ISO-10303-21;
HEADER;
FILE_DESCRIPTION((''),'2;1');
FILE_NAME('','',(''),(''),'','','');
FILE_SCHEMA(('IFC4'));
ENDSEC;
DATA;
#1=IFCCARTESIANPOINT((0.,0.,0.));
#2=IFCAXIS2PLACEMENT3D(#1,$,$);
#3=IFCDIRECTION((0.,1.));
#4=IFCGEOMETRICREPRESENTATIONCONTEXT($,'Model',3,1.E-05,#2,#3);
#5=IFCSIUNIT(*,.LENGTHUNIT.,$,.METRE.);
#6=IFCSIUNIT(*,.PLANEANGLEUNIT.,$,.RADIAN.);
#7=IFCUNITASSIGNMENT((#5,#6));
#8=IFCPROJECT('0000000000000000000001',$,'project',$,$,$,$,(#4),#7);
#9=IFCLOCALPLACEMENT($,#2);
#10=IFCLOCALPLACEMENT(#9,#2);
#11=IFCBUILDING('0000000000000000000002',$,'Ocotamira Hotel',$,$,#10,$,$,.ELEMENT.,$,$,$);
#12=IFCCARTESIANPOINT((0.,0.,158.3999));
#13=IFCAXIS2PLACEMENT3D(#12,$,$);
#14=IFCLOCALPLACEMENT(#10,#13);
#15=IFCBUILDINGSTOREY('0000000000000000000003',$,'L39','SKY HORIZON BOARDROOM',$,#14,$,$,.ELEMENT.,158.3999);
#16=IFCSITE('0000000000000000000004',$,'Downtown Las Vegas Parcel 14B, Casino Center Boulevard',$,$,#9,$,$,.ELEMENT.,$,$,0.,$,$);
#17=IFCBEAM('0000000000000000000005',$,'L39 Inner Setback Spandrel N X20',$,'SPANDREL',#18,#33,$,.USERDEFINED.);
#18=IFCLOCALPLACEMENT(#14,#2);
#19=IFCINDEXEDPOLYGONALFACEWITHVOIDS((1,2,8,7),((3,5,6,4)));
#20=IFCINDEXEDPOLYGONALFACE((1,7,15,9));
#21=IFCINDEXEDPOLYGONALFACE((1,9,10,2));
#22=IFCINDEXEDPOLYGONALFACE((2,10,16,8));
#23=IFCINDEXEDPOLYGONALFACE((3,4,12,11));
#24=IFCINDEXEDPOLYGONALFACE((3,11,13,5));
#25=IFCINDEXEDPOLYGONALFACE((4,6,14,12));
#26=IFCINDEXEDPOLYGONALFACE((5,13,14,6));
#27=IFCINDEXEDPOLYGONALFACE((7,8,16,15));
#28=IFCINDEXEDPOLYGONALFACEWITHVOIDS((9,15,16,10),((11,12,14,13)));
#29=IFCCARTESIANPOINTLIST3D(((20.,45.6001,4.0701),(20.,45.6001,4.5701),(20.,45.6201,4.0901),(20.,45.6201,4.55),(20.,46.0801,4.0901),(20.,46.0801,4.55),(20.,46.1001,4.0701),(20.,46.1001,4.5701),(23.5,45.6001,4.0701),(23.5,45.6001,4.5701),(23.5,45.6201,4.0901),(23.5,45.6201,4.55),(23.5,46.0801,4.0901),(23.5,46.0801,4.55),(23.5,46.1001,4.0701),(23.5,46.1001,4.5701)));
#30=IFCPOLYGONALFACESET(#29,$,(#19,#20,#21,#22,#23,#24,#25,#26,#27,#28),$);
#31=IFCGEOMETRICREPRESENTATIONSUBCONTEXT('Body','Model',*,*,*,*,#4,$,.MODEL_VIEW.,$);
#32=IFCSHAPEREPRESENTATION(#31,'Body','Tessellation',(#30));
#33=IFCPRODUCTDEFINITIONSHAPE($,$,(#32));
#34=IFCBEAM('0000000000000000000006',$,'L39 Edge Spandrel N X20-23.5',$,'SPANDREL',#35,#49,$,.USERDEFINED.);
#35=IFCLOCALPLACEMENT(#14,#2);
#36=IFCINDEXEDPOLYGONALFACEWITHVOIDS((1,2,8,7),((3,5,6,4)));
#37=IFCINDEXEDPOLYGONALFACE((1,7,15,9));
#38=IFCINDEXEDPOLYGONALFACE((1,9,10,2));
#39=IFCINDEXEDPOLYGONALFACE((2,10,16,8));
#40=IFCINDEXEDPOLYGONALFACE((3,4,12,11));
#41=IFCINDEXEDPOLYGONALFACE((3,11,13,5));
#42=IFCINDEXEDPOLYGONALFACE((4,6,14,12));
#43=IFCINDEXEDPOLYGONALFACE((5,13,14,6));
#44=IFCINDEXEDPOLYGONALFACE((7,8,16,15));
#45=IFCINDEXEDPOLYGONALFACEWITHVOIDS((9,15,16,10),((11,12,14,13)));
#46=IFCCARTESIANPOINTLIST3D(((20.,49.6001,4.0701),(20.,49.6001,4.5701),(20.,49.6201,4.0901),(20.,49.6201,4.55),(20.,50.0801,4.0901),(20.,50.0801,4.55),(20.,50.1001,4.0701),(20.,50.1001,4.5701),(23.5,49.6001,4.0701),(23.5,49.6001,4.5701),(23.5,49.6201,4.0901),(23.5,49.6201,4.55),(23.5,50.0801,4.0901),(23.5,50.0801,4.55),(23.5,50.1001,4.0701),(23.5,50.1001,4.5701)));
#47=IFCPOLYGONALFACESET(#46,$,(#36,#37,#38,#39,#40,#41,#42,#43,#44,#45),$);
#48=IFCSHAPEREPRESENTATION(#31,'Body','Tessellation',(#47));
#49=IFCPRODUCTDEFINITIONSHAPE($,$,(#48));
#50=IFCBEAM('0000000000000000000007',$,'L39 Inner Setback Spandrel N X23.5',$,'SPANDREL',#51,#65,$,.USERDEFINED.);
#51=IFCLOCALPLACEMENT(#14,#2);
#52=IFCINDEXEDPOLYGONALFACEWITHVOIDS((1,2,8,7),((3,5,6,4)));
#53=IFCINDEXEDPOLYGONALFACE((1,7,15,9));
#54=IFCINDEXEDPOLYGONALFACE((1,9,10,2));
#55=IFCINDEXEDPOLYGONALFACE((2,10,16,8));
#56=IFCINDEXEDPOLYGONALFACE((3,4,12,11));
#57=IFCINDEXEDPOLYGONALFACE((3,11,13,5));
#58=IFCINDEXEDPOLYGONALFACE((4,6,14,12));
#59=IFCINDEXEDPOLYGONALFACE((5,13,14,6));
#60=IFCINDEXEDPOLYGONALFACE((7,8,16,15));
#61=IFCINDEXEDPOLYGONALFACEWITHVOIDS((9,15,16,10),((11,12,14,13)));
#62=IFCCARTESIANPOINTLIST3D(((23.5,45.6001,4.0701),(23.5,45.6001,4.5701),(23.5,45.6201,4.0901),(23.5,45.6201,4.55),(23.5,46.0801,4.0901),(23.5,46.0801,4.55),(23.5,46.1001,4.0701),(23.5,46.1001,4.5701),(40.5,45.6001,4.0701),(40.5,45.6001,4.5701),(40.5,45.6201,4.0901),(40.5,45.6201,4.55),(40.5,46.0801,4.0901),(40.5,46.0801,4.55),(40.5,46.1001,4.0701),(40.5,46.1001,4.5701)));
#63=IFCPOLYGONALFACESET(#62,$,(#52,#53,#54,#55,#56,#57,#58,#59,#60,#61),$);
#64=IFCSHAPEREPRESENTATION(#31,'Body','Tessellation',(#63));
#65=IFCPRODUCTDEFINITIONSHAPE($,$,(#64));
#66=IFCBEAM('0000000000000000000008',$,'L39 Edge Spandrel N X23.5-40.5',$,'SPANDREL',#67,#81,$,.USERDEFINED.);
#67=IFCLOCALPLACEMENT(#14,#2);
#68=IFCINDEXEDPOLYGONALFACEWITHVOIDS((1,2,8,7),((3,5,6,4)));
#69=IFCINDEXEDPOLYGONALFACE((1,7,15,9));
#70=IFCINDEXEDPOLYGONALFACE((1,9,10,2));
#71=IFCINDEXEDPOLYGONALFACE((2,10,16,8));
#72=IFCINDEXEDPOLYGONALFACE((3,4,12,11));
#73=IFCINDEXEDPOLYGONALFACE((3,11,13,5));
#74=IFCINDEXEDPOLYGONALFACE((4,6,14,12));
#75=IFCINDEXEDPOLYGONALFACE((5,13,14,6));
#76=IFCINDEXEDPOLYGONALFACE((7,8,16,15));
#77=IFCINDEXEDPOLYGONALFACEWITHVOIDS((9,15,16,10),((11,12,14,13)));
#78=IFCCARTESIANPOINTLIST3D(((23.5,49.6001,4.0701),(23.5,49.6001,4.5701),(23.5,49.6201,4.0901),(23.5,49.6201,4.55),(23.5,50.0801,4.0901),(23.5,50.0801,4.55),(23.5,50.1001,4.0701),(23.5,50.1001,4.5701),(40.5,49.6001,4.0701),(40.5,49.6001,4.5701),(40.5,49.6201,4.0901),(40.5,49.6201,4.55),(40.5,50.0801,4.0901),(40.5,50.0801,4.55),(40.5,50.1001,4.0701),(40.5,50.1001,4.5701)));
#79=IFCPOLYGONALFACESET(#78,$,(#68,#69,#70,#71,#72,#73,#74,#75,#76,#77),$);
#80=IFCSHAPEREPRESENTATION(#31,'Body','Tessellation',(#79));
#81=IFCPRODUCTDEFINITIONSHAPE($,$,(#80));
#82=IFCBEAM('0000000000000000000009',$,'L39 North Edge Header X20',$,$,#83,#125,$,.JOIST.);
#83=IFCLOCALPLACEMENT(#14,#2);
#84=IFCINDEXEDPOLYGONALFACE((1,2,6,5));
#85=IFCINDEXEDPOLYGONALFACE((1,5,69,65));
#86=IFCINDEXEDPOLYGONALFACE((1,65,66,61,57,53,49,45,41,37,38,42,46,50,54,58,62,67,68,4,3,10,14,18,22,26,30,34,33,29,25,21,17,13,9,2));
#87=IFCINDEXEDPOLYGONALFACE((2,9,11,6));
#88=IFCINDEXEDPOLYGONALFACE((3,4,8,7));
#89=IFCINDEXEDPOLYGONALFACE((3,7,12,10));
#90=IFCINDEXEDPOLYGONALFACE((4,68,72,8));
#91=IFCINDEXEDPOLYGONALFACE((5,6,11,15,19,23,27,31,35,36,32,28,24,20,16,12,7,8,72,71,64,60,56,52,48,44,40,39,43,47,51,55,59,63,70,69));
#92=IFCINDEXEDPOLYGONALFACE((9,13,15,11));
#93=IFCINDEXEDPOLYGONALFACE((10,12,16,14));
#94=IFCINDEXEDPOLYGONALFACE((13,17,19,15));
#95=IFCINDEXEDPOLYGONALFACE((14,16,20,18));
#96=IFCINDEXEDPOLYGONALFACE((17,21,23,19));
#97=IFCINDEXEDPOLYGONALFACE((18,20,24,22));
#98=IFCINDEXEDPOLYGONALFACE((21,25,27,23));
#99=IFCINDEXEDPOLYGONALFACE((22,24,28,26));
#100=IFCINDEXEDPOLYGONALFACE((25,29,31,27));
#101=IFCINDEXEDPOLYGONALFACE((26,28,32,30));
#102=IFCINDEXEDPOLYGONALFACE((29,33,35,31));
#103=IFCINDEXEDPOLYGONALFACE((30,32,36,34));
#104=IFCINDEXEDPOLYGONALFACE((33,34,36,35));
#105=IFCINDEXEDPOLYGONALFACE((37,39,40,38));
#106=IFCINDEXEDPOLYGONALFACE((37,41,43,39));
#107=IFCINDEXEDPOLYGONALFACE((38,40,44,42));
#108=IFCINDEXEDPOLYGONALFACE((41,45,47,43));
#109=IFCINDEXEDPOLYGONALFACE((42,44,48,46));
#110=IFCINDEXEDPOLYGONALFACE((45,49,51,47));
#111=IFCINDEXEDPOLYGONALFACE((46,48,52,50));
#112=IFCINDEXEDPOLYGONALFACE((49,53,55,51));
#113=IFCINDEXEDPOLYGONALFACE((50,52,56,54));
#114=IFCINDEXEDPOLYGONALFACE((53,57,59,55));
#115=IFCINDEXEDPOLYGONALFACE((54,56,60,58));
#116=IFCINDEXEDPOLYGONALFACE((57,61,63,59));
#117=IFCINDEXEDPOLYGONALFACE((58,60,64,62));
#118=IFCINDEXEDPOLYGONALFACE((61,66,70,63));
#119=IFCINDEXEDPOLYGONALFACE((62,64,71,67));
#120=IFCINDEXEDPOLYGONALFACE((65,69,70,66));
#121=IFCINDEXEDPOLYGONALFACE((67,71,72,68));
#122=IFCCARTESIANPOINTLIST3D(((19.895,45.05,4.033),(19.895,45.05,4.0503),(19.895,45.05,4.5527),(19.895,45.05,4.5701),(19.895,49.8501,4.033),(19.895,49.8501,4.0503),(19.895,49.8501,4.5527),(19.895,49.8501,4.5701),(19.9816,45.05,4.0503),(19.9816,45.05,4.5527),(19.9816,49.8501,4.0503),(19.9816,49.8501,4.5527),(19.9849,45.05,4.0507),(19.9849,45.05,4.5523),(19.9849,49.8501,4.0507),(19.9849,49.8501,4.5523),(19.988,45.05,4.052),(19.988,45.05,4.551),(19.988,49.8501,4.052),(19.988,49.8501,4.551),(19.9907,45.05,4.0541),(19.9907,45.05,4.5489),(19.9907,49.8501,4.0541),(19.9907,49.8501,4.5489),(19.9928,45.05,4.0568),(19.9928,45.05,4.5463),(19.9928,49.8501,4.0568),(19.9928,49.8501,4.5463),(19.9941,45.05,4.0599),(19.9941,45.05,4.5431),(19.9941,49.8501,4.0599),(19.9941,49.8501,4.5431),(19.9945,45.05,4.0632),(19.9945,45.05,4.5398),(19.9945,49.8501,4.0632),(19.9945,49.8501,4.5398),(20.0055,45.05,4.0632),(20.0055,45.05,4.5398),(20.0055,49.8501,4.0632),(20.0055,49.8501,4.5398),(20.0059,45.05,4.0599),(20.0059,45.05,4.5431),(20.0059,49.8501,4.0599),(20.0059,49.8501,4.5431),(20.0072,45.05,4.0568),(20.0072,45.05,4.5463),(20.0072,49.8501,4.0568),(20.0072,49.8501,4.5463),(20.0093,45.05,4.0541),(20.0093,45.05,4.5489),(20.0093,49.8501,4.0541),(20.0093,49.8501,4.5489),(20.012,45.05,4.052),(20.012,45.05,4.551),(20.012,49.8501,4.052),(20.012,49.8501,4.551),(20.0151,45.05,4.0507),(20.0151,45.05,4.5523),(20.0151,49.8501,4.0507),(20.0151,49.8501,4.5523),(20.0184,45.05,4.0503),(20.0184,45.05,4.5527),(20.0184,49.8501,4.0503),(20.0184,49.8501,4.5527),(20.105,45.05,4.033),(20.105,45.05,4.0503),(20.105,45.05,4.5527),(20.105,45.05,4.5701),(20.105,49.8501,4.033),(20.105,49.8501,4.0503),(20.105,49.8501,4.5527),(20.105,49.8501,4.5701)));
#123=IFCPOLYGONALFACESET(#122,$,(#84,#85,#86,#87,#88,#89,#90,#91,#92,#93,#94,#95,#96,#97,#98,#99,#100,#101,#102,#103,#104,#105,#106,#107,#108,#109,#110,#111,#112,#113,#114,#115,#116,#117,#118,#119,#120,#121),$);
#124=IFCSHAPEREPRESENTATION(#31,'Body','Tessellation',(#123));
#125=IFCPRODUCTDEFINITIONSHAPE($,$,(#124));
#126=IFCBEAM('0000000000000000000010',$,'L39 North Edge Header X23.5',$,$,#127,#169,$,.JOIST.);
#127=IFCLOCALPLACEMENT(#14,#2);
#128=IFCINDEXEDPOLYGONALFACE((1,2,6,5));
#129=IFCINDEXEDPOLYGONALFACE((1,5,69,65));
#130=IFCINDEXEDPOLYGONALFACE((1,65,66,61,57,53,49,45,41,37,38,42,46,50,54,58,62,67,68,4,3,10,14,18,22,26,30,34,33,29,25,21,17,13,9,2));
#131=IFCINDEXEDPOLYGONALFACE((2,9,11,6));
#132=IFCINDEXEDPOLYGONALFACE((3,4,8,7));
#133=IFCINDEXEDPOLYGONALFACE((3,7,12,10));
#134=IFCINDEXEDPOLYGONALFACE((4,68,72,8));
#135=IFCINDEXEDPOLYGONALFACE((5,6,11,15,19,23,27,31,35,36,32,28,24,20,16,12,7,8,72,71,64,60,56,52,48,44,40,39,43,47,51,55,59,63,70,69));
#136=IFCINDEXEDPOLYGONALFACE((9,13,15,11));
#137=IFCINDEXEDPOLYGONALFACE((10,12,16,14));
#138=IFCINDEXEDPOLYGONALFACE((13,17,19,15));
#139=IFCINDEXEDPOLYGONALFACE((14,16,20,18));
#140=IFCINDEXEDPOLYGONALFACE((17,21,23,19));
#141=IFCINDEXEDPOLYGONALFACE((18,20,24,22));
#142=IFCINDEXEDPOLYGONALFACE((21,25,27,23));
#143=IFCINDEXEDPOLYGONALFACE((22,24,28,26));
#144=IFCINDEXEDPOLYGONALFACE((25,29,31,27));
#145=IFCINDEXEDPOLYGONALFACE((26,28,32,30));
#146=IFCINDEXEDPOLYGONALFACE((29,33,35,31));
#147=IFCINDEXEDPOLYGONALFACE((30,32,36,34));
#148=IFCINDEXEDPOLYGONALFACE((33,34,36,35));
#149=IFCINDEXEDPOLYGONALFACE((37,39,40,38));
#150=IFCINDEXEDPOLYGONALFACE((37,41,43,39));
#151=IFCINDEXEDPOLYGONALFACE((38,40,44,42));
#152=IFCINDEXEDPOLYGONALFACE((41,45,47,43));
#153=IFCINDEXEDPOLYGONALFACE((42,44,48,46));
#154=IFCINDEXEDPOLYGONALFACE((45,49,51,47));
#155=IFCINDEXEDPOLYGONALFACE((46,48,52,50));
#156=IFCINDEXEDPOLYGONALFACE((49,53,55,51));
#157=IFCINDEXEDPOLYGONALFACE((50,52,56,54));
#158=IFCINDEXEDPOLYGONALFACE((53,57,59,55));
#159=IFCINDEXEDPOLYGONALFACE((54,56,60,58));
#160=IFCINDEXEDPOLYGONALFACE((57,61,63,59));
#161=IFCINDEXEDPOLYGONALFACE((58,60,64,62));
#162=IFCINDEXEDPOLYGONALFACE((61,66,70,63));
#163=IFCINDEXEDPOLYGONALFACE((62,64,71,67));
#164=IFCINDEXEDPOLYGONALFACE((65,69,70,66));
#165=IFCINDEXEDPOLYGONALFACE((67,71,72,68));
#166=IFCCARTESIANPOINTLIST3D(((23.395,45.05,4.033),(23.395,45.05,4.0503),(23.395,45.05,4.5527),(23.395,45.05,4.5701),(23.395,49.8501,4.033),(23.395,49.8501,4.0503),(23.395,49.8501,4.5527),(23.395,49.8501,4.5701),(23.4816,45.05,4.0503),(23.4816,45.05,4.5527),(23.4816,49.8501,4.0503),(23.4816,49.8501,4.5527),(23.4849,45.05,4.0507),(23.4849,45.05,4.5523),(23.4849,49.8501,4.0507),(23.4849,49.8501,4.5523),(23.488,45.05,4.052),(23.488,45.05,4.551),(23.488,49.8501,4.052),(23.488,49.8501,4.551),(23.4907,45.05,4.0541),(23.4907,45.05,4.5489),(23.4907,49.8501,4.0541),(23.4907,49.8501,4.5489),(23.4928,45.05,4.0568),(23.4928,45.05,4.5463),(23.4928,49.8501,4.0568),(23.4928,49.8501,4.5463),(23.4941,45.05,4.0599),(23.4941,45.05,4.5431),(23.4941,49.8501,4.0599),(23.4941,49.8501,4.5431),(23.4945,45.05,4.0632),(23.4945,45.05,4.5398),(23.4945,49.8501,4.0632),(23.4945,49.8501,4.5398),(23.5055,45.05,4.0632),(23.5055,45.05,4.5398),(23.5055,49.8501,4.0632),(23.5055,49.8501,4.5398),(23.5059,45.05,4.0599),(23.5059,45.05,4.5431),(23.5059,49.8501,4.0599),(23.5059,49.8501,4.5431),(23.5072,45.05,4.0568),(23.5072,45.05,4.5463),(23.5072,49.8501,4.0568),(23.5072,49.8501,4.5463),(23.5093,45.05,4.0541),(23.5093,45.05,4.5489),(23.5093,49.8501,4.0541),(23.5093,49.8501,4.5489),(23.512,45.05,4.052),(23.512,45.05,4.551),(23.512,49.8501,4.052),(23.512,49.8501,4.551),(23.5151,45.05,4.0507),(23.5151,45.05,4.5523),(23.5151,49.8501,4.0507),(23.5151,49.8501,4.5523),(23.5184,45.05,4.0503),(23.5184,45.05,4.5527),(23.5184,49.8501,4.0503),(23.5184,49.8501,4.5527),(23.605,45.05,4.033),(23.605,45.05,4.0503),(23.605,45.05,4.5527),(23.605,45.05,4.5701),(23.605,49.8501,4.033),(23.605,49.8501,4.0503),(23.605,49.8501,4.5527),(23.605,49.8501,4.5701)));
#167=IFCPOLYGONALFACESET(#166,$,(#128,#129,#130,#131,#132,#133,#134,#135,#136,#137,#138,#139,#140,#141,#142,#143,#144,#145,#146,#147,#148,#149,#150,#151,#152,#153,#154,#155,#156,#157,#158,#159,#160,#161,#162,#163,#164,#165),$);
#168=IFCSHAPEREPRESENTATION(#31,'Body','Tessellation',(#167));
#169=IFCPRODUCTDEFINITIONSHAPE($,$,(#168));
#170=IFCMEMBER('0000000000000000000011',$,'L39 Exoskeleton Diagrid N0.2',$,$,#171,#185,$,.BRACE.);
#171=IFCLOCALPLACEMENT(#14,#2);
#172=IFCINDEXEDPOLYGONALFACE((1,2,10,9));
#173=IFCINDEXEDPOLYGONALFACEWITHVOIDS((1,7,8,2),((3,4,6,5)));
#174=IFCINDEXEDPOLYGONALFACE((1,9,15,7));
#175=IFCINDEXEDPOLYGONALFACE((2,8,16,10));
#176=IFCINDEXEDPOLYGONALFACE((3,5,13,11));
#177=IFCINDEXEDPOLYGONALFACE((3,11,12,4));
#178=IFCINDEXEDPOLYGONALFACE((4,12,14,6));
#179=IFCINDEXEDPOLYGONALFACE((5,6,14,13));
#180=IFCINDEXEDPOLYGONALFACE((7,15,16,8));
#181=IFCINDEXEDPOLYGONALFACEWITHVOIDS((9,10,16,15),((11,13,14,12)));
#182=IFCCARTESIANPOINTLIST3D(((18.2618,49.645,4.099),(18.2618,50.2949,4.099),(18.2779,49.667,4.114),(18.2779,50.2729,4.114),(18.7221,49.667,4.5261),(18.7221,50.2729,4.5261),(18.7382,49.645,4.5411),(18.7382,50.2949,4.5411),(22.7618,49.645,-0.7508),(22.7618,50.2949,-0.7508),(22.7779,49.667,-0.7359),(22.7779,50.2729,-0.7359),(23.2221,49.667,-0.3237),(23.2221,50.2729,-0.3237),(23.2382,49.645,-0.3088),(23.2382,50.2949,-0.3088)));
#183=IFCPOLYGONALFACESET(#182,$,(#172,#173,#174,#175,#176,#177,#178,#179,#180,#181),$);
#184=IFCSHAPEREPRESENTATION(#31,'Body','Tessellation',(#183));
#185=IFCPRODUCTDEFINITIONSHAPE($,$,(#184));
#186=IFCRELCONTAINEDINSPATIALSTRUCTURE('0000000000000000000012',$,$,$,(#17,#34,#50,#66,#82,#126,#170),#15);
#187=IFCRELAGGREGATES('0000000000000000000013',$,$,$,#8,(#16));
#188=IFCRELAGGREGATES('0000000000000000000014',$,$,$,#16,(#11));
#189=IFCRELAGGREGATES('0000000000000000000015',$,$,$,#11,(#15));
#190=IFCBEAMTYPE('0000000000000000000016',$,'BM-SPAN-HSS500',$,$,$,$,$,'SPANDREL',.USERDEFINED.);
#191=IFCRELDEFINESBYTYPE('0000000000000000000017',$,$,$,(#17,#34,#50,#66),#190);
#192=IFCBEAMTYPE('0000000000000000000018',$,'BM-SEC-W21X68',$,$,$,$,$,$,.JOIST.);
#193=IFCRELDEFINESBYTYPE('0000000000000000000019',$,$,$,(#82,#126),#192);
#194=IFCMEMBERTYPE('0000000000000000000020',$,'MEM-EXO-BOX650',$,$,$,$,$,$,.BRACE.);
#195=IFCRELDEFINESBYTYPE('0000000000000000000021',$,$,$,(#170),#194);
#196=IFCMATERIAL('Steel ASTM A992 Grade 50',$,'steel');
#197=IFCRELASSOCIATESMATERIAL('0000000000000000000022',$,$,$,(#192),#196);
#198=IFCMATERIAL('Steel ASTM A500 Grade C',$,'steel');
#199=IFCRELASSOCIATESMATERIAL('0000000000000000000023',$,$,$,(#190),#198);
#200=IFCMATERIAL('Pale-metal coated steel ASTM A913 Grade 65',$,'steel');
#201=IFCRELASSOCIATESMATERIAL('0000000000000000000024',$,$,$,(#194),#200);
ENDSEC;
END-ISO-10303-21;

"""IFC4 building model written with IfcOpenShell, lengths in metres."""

from ifc_helpers import new_model, si_unit, direction, frame, origin, origin_2d, place, context, subcontext, project, spatial, hollow_rectangle, i_section, extrude, source, transform, mapped, material, material_profile, profile_set, type_object, element, save


model = new_model("IFC4")

# Units and contexts
model_context = context("Model", 3, precision=1e-05, world=origin(), true_north=direction((0.0, 1.0)))
body_context = subcontext(model_context, "Body", "Model", "MODEL_VIEW")
ifc_project = project(units=[si_unit("LENGTHUNIT", "METRE"), si_unit("PLANEANGLEUNIT", "RADIAN")], contexts=[model_context])

# Site, building, storey
site_placement = place(None, origin())
site = spatial("IfcSite", under=ifc_project, at=site_placement, Name="Downtown Las Vegas Parcel 14B, Casino Center Boulevard", CompositionType="ELEMENT", RefElevation=0.0)
building_placement = place(site_placement, origin())
building = spatial("IfcBuilding", under=site, at=building_placement, Name="Ocotamira Hotel", CompositionType="ELEMENT")
storey_placement = place(building_placement, frame((0.0, 0.0, 158.3999)))
storey = spatial("IfcBuildingStorey", under=building, at=storey_placement, Name="L39", Description="SKY HORIZON BOARDROOM", CompositionType="ELEMENT", Elevation=158.3999)

# Beams
ifc_material_1 = material(Name="Steel ASTM A992 Grade 50", Category="steel")
ifc_material_profile_1 = material_profile(ifc_material_1, i_section(OverallWidth=0.21, OverallDepth=0.5371, WebThickness=0.011, FlangeThickness=0.0173, FilletRadius=0.0129, at=origin_2d()), Name="W21X68")
ifc_profile_set_1 = profile_set([ifc_material_profile_1], Name="Steel ASTM A992 Grade 50")
beam_type_1 = type_object("IfcBeamType", Name="BM-SEC-W21X68", PredefinedType="JOIST", material=ifc_profile_set_1)
ifc_material_2 = material(Name="Steel ASTM A500 Grade C", Category="steel")
ifc_material_profile_2 = material_profile(ifc_material_2, hollow_rectangle(XDim=0.5, YDim=0.5, WallThickness=0.02, at=origin_2d()), Name="HSS500X500X20")
ifc_profile_set_2 = profile_set([ifc_material_profile_2], Name="Steel ASTM A500 Grade C")
beam_type_2 = type_object("IfcBeamType", Name="BM-SPAN-HSS500", ElementType="SPANDREL", PredefinedType="USERDEFINED", material=ifc_profile_set_2)
shared_shape_1 = source(origin(), body_context, "Body", "SweptSolid", [
    extrude(hollow_rectangle(XDim=0.5, YDim=0.5, WallThickness=0.02, at=origin_2d()), origin(), (0.0, 0.0, 1.0), 3.5),
])
for number, where, z_axis, x_axis, name in (
    (1, (20.0, 45.8501, 4.3201), (1.0, 0.0, 0.0), (0.0, 1.0, 0.0), "L39 Inner Setback Spandrel N X20"),
    (2, (20.0, 49.8501, 4.3201), (1.0, 0.0, 0.0), (0.0, 1.0, 0.0), "L39 Edge Spandrel N X20-23.5"),
):
    element("IfcBeam", number, at=place(storey_placement, frame(where, z_axis=z_axis, x_axis=x_axis)), inside=storey, type_object=beam_type_2, Name=name, ObjectType="SPANDREL", PredefinedType="USERDEFINED", context=body_context, shape_type="MappedRepresentation", body=[
        mapped(shared_shape_1, transform((0.0, 0.0, 0.0), scale=1.0)),
    ])
shared_shape_2 = source(origin(), body_context, "Body", "SweptSolid", [
    extrude(hollow_rectangle(XDim=0.5, YDim=0.5, WallThickness=0.02, at=origin_2d()), origin(), (0.0, 0.0, 1.0), 17.0),
])
for number, where, z_axis, x_axis, name in (
    (3, (23.5, 45.8501, 4.3201), (1.0, 0.0, 0.0), (0.0, 1.0, 0.0), "L39 Inner Setback Spandrel N X23.5"),
    (4, (23.5, 49.8501, 4.3201), (1.0, 0.0, 0.0), (0.0, 1.0, 0.0), "L39 Edge Spandrel N X23.5-40.5"),
):
    element("IfcBeam", number, at=place(storey_placement, frame(where, z_axis=z_axis, x_axis=x_axis)), inside=storey, type_object=beam_type_2, Name=name, ObjectType="SPANDREL", PredefinedType="USERDEFINED", context=body_context, shape_type="MappedRepresentation", body=[
        mapped(shared_shape_2, transform((0.0, 0.0, 0.0), scale=1.0)),
    ])
shared_shape_3 = source(origin(), body_context, "Body", "SweptSolid", [
    extrude(i_section(OverallWidth=0.21, OverallDepth=0.5371, WebThickness=0.011, FlangeThickness=0.0173, FilletRadius=0.0129, at=origin_2d()), origin(), (0.0, 0.0, 1.0), 4.8),
])
for number, where, z_axis, x_axis, name in (
    (5, (20.0, 45.05, 4.3015), (0.0, 1.0, 0.0), (-1.0, 0.0, 0.0), "L39 North Edge Header X20"),
    (6, (23.5, 45.05, 4.3015), (0.0, 1.0, 0.0), (-1.0, 0.0, 0.0), "L39 North Edge Header X23.5"),
):
    element("IfcBeam", number, at=place(storey_placement, frame(where, z_axis=z_axis, x_axis=x_axis)), inside=storey, type_object=beam_type_1, Name=name, PredefinedType="JOIST", context=body_context, shape_type="MappedRepresentation", body=[
        mapped(shared_shape_3, transform((0.0, 0.0, 0.0), scale=1.0)),
    ])

# Member
ifc_material_3 = material(Name="Pale-metal coated steel ASTM A913 Grade 65", Category="steel")
ifc_material_profile_3 = material_profile(ifc_material_3, hollow_rectangle(XDim=0.6499, YDim=0.6499, WallThickness=0.022, at=origin_2d()), Name="BOX650X650X22")
ifc_profile_set_3 = profile_set([ifc_material_profile_3], Name="Pale-metal coated steel ASTM A913 Grade 65")
member_type_1 = type_object("IfcMemberType", Name="MEM-EXO-BOX650", PredefinedType="BRACE", material=ifc_profile_set_3)
shared_shape_4 = source(origin(), body_context, "Body", "SweptSolid", [
    extrude(hollow_rectangle(XDim=0.6499, YDim=0.6499, WallThickness=0.022, at=origin_2d()), origin(), (0.0, 0.0, 1.0), 6.616),
])
for number, where, z_axis, x_axis, name in (
    (7, (23.0, 49.97, -0.5298), (-0.680172, 0.0, 0.733052), (0.0, -1.0, 0.0), "L39 Exoskeleton Diagrid N0.2"),
):
    element("IfcMember", number, at=place(storey_placement, frame(where, z_axis=z_axis, x_axis=x_axis)), inside=storey, type_object=member_type_1, Name=name, PredefinedType="BRACE", context=body_context, shape_type="MappedRepresentation", body=[
        mapped(shared_shape_4, transform((0.0, 0.0, 0.0), scale=1.0)),
    ])

save(model, "model.ifc")
